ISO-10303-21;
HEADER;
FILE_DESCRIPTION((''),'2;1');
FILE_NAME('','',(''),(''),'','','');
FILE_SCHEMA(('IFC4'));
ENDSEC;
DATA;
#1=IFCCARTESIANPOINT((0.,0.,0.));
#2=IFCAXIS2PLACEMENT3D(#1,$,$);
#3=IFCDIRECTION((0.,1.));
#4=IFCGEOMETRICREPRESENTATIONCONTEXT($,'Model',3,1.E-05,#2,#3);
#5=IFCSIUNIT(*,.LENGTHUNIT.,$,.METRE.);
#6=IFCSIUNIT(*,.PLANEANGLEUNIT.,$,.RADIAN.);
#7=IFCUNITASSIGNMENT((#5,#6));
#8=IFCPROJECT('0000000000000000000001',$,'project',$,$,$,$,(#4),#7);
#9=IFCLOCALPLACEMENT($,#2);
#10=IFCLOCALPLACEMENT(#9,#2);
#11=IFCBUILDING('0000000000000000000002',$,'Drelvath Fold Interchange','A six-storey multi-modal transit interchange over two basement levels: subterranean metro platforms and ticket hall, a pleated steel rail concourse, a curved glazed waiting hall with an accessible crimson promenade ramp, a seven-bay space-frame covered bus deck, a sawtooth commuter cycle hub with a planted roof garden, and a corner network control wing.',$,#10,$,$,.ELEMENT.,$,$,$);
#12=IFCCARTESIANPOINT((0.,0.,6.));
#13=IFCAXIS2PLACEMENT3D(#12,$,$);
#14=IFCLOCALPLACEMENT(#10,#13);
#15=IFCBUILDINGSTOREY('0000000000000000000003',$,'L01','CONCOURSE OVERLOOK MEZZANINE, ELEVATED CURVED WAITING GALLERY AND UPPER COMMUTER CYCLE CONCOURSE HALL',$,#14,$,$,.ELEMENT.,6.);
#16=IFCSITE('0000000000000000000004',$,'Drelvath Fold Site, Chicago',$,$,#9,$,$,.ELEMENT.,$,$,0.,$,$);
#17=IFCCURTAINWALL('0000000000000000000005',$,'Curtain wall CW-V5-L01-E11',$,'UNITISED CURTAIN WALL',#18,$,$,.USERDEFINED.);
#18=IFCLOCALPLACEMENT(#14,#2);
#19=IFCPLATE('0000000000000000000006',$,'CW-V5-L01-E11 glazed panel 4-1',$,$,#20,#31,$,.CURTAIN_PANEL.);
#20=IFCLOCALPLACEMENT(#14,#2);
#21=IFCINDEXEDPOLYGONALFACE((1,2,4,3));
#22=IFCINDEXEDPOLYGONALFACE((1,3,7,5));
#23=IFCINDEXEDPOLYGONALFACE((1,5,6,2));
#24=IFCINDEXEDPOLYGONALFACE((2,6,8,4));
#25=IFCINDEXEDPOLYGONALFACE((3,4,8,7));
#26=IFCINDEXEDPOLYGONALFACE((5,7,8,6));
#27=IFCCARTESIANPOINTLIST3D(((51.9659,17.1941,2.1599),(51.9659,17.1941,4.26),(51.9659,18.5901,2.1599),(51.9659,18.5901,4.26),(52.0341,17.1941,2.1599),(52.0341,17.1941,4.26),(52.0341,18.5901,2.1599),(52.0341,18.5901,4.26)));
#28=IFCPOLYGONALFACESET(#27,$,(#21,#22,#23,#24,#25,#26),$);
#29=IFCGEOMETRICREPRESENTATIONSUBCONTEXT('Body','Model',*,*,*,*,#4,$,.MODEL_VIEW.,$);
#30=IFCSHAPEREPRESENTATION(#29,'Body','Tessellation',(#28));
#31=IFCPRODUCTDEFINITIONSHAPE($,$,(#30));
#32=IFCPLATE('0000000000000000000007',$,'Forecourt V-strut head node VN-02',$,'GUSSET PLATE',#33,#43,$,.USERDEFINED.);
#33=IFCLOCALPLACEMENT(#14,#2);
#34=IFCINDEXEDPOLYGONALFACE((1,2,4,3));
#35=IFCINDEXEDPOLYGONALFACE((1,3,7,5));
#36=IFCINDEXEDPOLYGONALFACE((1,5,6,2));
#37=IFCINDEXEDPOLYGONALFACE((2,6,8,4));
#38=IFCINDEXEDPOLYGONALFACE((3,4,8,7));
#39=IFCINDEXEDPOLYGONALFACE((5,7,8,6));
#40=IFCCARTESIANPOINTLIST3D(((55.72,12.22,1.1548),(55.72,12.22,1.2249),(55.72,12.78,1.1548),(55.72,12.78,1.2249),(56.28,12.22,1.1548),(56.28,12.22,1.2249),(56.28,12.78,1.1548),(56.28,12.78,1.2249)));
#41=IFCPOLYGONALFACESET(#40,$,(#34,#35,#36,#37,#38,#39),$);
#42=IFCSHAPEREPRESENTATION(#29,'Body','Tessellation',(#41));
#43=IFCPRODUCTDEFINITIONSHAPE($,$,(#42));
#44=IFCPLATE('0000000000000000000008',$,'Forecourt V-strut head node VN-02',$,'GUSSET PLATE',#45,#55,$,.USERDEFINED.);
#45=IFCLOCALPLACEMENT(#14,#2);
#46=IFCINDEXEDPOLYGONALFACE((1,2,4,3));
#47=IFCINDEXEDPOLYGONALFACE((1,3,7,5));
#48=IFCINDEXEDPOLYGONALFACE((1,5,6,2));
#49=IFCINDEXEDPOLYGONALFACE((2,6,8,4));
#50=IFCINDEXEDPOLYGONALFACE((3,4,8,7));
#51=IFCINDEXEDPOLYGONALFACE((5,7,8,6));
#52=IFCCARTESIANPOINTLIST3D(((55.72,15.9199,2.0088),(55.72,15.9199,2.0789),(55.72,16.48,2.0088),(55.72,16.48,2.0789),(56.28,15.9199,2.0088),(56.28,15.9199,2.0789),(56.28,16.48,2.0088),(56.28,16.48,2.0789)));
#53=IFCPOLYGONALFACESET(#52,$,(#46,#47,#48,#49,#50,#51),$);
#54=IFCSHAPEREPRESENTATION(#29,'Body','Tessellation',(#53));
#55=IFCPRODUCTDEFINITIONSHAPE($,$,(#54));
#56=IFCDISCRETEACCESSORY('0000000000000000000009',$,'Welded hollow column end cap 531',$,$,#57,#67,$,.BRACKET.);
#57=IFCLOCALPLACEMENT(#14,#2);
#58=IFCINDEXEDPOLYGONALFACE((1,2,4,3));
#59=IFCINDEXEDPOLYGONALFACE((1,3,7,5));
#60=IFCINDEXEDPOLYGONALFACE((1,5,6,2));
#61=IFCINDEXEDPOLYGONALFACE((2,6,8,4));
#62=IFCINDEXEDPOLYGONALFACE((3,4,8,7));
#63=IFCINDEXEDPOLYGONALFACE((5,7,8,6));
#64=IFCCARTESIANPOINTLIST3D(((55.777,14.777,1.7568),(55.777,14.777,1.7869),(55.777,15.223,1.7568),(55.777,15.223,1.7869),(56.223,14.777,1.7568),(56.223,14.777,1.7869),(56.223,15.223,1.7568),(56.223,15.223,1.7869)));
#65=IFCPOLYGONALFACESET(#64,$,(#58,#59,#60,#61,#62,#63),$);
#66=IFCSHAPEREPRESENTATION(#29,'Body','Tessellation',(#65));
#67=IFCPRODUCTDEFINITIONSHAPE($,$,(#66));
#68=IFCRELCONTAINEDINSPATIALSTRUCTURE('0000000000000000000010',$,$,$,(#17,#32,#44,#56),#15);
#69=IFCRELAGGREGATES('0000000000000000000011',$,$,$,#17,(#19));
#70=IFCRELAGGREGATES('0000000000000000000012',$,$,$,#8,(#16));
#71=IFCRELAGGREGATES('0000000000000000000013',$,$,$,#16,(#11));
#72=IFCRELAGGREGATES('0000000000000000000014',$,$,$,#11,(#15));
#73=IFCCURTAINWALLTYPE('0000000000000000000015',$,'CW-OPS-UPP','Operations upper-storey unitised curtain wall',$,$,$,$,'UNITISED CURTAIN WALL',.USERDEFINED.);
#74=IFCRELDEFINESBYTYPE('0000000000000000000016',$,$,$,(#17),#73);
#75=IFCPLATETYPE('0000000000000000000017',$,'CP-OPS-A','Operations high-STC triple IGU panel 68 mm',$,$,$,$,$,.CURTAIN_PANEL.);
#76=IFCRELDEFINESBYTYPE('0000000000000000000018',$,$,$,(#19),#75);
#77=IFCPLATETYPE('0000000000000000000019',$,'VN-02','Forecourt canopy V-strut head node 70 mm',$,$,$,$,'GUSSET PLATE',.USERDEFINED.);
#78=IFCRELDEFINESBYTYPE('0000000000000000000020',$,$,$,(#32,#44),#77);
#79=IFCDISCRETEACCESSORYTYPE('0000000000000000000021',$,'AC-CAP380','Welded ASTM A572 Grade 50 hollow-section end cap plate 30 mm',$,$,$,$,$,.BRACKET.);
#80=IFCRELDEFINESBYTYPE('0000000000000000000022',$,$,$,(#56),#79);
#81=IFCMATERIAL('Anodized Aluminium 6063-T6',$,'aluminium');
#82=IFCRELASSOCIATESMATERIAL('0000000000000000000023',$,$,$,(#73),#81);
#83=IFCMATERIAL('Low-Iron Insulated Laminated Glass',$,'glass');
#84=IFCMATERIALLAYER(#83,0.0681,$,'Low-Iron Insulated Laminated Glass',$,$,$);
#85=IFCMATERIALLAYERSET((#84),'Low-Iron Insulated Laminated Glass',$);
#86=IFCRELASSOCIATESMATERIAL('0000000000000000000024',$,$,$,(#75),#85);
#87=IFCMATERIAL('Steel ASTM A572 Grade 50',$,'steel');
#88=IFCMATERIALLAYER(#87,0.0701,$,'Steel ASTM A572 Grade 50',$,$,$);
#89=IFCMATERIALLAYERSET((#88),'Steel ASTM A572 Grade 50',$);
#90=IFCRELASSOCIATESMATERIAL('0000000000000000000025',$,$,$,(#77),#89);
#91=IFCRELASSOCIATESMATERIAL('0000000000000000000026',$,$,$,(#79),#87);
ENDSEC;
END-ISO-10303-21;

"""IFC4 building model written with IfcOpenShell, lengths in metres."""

from ifc_helpers import new_model, si_unit, direction, frame, origin, origin_2d, place, context, subcontext, project, spatial, rectangle, extrude, material, layer, layer_set, type_object, element, aggregate, save


model = new_model("IFC4")

# Units and contexts
model_context = context("Model", 3, precision=1e-05, world=origin(), true_north=direction((0.0, 1.0)))
body_context = subcontext(model_context, "Body", "Model", "MODEL_VIEW")
ifc_project = project(units=[si_unit("LENGTHUNIT", "METRE"), si_unit("PLANEANGLEUNIT", "RADIAN")], contexts=[model_context])

# Site, building, storey
site_placement = place(None, origin())
site = spatial("IfcSite", under=ifc_project, at=site_placement, Name="Drelvath Fold Site, Chicago", CompositionType="ELEMENT", RefElevation=0.0)
building_placement = place(site_placement, origin())
building = spatial("IfcBuilding", under=site, at=building_placement, Name="Drelvath Fold Interchange", Description="A six-storey multi-modal transit interchange over two basement levels: subterranean metro platforms and ticket hall, a pleated steel rail concourse, a curved glazed waiting hall with an accessible crimson promenade ramp, a seven-bay space-frame covered bus deck, a sawtooth commuter cycle hub with a planted roof garden, and a corner network control wing.", CompositionType="ELEMENT")
storey_placement = place(building_placement, frame((0.0, 0.0, 6.0)))
storey = spatial("IfcBuildingStorey", under=building, at=storey_placement, Name="L01", Description="CONCOURSE OVERLOOK MEZZANINE, ELEVATED CURVED WAITING GALLERY AND UPPER COMMUTER CYCLE CONCOURSE HALL", CompositionType="ELEMENT", Elevation=6.0)

# Curtain wall, plate
ifc_material_1 = material(Name="Anodized Aluminium 6063-T6", Category="aluminium")
curtain_wall_type = type_object("IfcCurtainWallType", Name="CW-OPS-UPP", Description="Operations upper-storey unitised curtain wall", ElementType="UNITISED CURTAIN WALL", PredefinedType="USERDEFINED", material=ifc_material_1)
curtain_wall_placement = place(storey_placement, origin())
curtain_wall = element("IfcCurtainWall", 1, at=curtain_wall_placement, inside=storey, type_object=curtain_wall_type, Name="Curtain wall CW-V5-L01-E11", ObjectType="UNITISED CURTAIN WALL", PredefinedType="USERDEFINED")
ifc_material_2 = material(Name="Low-Iron Insulated Laminated Glass", Category="glass")
ifc_layer_1 = layer(ifc_material_2, 0.0681, Name="Low-Iron Insulated Laminated Glass")
ifc_layer_set_1 = layer_set([ifc_layer_1], Name="Low-Iron Insulated Laminated Glass")
plate_type_1 = type_object("IfcPlateType", Name="CP-OPS-A", Description="Operations high-STC triple IGU panel 68 mm", PredefinedType="CURTAIN_PANEL", material=ifc_layer_set_1)
plate_1_placement = place(storey_placement, frame((52.0, 17.8921, 2.1599), z_axis=(0.0, 0.0, 1.0), x_axis=(0.0, 1.0, 0.0)))
plate_1 = element("IfcPlate", 2, at=plate_1_placement, type_object=plate_type_1, Name="CW-V5-L01-E11 glazed panel 4-1", PredefinedType="CURTAIN_PANEL", context=body_context, shape_type="SweptSolid", body=[
    extrude(rectangle(XDim=1.396, YDim=0.0681, at=origin_2d()), origin(), (0.0, 0.0, 1.0), 2.1001),
])
aggregate(curtain_wall, [plate_1])

# Plates
ifc_material_3 = material(Name="Steel ASTM A572 Grade 50", Category="steel")
ifc_layer_2 = layer(ifc_material_3, 0.0701, Name="Steel ASTM A572 Grade 50")
ifc_layer_set_2 = layer_set([ifc_layer_2], Name="Steel ASTM A572 Grade 50")
plate_type_2 = type_object("IfcPlateType", Name="VN-02", Description="Forecourt canopy V-strut head node 70 mm", ElementType="GUSSET PLATE", PredefinedType="USERDEFINED", material=ifc_layer_set_2)
for number, where, z_axis, x_axis, name in (
    (3, (56.0, 12.5, 1.1548), (0.0, 0.0, 1.0), (1.0, 0.0, 0.0), "Forecourt V-strut head node VN-02"),
    (4, (56.0, 16.2, 2.0088), (0.0, 0.0, 1.0), (1.0, 0.0, 0.0), "Forecourt V-strut head node VN-02"),
):
    element("IfcPlate", number, at=place(storey_placement, frame(where, z_axis=z_axis, x_axis=x_axis)), inside=storey, type_object=plate_type_2, Name=name, ObjectType="GUSSET PLATE", PredefinedType="USERDEFINED", context=body_context, shape_type="SweptSolid", body=[
        extrude(rectangle(XDim=0.5601, YDim=0.5601, at=origin_2d()), origin(), (0.0, 0.0, 1.0), 0.0701),
    ])

# Discrete accessory
discrete_accessory_type = type_object("IfcDiscreteAccessoryType", Name="AC-CAP380", Description="Welded ASTM A572 Grade 50 hollow-section end cap plate 30 mm", PredefinedType="BRACKET", material=ifc_material_3)
discrete_accessory_placement = place(storey_placement, frame((56.0, 15.0, 1.7568), z_axis=(0.0, 0.0, 1.0), x_axis=(1.0, 0.0, 0.0)))
element("IfcDiscreteAccessory", 5, at=discrete_accessory_placement, inside=storey, type_object=discrete_accessory_type, Name="Welded hollow column end cap 531", PredefinedType="BRACKET", context=body_context, shape_type="SweptSolid", body=[
    extrude(rectangle(XDim=0.446, YDim=0.446, at=origin_2d()), origin(), (0.0, 0.0, 1.0), 0.03),
])

save(model, "model.ifc")
